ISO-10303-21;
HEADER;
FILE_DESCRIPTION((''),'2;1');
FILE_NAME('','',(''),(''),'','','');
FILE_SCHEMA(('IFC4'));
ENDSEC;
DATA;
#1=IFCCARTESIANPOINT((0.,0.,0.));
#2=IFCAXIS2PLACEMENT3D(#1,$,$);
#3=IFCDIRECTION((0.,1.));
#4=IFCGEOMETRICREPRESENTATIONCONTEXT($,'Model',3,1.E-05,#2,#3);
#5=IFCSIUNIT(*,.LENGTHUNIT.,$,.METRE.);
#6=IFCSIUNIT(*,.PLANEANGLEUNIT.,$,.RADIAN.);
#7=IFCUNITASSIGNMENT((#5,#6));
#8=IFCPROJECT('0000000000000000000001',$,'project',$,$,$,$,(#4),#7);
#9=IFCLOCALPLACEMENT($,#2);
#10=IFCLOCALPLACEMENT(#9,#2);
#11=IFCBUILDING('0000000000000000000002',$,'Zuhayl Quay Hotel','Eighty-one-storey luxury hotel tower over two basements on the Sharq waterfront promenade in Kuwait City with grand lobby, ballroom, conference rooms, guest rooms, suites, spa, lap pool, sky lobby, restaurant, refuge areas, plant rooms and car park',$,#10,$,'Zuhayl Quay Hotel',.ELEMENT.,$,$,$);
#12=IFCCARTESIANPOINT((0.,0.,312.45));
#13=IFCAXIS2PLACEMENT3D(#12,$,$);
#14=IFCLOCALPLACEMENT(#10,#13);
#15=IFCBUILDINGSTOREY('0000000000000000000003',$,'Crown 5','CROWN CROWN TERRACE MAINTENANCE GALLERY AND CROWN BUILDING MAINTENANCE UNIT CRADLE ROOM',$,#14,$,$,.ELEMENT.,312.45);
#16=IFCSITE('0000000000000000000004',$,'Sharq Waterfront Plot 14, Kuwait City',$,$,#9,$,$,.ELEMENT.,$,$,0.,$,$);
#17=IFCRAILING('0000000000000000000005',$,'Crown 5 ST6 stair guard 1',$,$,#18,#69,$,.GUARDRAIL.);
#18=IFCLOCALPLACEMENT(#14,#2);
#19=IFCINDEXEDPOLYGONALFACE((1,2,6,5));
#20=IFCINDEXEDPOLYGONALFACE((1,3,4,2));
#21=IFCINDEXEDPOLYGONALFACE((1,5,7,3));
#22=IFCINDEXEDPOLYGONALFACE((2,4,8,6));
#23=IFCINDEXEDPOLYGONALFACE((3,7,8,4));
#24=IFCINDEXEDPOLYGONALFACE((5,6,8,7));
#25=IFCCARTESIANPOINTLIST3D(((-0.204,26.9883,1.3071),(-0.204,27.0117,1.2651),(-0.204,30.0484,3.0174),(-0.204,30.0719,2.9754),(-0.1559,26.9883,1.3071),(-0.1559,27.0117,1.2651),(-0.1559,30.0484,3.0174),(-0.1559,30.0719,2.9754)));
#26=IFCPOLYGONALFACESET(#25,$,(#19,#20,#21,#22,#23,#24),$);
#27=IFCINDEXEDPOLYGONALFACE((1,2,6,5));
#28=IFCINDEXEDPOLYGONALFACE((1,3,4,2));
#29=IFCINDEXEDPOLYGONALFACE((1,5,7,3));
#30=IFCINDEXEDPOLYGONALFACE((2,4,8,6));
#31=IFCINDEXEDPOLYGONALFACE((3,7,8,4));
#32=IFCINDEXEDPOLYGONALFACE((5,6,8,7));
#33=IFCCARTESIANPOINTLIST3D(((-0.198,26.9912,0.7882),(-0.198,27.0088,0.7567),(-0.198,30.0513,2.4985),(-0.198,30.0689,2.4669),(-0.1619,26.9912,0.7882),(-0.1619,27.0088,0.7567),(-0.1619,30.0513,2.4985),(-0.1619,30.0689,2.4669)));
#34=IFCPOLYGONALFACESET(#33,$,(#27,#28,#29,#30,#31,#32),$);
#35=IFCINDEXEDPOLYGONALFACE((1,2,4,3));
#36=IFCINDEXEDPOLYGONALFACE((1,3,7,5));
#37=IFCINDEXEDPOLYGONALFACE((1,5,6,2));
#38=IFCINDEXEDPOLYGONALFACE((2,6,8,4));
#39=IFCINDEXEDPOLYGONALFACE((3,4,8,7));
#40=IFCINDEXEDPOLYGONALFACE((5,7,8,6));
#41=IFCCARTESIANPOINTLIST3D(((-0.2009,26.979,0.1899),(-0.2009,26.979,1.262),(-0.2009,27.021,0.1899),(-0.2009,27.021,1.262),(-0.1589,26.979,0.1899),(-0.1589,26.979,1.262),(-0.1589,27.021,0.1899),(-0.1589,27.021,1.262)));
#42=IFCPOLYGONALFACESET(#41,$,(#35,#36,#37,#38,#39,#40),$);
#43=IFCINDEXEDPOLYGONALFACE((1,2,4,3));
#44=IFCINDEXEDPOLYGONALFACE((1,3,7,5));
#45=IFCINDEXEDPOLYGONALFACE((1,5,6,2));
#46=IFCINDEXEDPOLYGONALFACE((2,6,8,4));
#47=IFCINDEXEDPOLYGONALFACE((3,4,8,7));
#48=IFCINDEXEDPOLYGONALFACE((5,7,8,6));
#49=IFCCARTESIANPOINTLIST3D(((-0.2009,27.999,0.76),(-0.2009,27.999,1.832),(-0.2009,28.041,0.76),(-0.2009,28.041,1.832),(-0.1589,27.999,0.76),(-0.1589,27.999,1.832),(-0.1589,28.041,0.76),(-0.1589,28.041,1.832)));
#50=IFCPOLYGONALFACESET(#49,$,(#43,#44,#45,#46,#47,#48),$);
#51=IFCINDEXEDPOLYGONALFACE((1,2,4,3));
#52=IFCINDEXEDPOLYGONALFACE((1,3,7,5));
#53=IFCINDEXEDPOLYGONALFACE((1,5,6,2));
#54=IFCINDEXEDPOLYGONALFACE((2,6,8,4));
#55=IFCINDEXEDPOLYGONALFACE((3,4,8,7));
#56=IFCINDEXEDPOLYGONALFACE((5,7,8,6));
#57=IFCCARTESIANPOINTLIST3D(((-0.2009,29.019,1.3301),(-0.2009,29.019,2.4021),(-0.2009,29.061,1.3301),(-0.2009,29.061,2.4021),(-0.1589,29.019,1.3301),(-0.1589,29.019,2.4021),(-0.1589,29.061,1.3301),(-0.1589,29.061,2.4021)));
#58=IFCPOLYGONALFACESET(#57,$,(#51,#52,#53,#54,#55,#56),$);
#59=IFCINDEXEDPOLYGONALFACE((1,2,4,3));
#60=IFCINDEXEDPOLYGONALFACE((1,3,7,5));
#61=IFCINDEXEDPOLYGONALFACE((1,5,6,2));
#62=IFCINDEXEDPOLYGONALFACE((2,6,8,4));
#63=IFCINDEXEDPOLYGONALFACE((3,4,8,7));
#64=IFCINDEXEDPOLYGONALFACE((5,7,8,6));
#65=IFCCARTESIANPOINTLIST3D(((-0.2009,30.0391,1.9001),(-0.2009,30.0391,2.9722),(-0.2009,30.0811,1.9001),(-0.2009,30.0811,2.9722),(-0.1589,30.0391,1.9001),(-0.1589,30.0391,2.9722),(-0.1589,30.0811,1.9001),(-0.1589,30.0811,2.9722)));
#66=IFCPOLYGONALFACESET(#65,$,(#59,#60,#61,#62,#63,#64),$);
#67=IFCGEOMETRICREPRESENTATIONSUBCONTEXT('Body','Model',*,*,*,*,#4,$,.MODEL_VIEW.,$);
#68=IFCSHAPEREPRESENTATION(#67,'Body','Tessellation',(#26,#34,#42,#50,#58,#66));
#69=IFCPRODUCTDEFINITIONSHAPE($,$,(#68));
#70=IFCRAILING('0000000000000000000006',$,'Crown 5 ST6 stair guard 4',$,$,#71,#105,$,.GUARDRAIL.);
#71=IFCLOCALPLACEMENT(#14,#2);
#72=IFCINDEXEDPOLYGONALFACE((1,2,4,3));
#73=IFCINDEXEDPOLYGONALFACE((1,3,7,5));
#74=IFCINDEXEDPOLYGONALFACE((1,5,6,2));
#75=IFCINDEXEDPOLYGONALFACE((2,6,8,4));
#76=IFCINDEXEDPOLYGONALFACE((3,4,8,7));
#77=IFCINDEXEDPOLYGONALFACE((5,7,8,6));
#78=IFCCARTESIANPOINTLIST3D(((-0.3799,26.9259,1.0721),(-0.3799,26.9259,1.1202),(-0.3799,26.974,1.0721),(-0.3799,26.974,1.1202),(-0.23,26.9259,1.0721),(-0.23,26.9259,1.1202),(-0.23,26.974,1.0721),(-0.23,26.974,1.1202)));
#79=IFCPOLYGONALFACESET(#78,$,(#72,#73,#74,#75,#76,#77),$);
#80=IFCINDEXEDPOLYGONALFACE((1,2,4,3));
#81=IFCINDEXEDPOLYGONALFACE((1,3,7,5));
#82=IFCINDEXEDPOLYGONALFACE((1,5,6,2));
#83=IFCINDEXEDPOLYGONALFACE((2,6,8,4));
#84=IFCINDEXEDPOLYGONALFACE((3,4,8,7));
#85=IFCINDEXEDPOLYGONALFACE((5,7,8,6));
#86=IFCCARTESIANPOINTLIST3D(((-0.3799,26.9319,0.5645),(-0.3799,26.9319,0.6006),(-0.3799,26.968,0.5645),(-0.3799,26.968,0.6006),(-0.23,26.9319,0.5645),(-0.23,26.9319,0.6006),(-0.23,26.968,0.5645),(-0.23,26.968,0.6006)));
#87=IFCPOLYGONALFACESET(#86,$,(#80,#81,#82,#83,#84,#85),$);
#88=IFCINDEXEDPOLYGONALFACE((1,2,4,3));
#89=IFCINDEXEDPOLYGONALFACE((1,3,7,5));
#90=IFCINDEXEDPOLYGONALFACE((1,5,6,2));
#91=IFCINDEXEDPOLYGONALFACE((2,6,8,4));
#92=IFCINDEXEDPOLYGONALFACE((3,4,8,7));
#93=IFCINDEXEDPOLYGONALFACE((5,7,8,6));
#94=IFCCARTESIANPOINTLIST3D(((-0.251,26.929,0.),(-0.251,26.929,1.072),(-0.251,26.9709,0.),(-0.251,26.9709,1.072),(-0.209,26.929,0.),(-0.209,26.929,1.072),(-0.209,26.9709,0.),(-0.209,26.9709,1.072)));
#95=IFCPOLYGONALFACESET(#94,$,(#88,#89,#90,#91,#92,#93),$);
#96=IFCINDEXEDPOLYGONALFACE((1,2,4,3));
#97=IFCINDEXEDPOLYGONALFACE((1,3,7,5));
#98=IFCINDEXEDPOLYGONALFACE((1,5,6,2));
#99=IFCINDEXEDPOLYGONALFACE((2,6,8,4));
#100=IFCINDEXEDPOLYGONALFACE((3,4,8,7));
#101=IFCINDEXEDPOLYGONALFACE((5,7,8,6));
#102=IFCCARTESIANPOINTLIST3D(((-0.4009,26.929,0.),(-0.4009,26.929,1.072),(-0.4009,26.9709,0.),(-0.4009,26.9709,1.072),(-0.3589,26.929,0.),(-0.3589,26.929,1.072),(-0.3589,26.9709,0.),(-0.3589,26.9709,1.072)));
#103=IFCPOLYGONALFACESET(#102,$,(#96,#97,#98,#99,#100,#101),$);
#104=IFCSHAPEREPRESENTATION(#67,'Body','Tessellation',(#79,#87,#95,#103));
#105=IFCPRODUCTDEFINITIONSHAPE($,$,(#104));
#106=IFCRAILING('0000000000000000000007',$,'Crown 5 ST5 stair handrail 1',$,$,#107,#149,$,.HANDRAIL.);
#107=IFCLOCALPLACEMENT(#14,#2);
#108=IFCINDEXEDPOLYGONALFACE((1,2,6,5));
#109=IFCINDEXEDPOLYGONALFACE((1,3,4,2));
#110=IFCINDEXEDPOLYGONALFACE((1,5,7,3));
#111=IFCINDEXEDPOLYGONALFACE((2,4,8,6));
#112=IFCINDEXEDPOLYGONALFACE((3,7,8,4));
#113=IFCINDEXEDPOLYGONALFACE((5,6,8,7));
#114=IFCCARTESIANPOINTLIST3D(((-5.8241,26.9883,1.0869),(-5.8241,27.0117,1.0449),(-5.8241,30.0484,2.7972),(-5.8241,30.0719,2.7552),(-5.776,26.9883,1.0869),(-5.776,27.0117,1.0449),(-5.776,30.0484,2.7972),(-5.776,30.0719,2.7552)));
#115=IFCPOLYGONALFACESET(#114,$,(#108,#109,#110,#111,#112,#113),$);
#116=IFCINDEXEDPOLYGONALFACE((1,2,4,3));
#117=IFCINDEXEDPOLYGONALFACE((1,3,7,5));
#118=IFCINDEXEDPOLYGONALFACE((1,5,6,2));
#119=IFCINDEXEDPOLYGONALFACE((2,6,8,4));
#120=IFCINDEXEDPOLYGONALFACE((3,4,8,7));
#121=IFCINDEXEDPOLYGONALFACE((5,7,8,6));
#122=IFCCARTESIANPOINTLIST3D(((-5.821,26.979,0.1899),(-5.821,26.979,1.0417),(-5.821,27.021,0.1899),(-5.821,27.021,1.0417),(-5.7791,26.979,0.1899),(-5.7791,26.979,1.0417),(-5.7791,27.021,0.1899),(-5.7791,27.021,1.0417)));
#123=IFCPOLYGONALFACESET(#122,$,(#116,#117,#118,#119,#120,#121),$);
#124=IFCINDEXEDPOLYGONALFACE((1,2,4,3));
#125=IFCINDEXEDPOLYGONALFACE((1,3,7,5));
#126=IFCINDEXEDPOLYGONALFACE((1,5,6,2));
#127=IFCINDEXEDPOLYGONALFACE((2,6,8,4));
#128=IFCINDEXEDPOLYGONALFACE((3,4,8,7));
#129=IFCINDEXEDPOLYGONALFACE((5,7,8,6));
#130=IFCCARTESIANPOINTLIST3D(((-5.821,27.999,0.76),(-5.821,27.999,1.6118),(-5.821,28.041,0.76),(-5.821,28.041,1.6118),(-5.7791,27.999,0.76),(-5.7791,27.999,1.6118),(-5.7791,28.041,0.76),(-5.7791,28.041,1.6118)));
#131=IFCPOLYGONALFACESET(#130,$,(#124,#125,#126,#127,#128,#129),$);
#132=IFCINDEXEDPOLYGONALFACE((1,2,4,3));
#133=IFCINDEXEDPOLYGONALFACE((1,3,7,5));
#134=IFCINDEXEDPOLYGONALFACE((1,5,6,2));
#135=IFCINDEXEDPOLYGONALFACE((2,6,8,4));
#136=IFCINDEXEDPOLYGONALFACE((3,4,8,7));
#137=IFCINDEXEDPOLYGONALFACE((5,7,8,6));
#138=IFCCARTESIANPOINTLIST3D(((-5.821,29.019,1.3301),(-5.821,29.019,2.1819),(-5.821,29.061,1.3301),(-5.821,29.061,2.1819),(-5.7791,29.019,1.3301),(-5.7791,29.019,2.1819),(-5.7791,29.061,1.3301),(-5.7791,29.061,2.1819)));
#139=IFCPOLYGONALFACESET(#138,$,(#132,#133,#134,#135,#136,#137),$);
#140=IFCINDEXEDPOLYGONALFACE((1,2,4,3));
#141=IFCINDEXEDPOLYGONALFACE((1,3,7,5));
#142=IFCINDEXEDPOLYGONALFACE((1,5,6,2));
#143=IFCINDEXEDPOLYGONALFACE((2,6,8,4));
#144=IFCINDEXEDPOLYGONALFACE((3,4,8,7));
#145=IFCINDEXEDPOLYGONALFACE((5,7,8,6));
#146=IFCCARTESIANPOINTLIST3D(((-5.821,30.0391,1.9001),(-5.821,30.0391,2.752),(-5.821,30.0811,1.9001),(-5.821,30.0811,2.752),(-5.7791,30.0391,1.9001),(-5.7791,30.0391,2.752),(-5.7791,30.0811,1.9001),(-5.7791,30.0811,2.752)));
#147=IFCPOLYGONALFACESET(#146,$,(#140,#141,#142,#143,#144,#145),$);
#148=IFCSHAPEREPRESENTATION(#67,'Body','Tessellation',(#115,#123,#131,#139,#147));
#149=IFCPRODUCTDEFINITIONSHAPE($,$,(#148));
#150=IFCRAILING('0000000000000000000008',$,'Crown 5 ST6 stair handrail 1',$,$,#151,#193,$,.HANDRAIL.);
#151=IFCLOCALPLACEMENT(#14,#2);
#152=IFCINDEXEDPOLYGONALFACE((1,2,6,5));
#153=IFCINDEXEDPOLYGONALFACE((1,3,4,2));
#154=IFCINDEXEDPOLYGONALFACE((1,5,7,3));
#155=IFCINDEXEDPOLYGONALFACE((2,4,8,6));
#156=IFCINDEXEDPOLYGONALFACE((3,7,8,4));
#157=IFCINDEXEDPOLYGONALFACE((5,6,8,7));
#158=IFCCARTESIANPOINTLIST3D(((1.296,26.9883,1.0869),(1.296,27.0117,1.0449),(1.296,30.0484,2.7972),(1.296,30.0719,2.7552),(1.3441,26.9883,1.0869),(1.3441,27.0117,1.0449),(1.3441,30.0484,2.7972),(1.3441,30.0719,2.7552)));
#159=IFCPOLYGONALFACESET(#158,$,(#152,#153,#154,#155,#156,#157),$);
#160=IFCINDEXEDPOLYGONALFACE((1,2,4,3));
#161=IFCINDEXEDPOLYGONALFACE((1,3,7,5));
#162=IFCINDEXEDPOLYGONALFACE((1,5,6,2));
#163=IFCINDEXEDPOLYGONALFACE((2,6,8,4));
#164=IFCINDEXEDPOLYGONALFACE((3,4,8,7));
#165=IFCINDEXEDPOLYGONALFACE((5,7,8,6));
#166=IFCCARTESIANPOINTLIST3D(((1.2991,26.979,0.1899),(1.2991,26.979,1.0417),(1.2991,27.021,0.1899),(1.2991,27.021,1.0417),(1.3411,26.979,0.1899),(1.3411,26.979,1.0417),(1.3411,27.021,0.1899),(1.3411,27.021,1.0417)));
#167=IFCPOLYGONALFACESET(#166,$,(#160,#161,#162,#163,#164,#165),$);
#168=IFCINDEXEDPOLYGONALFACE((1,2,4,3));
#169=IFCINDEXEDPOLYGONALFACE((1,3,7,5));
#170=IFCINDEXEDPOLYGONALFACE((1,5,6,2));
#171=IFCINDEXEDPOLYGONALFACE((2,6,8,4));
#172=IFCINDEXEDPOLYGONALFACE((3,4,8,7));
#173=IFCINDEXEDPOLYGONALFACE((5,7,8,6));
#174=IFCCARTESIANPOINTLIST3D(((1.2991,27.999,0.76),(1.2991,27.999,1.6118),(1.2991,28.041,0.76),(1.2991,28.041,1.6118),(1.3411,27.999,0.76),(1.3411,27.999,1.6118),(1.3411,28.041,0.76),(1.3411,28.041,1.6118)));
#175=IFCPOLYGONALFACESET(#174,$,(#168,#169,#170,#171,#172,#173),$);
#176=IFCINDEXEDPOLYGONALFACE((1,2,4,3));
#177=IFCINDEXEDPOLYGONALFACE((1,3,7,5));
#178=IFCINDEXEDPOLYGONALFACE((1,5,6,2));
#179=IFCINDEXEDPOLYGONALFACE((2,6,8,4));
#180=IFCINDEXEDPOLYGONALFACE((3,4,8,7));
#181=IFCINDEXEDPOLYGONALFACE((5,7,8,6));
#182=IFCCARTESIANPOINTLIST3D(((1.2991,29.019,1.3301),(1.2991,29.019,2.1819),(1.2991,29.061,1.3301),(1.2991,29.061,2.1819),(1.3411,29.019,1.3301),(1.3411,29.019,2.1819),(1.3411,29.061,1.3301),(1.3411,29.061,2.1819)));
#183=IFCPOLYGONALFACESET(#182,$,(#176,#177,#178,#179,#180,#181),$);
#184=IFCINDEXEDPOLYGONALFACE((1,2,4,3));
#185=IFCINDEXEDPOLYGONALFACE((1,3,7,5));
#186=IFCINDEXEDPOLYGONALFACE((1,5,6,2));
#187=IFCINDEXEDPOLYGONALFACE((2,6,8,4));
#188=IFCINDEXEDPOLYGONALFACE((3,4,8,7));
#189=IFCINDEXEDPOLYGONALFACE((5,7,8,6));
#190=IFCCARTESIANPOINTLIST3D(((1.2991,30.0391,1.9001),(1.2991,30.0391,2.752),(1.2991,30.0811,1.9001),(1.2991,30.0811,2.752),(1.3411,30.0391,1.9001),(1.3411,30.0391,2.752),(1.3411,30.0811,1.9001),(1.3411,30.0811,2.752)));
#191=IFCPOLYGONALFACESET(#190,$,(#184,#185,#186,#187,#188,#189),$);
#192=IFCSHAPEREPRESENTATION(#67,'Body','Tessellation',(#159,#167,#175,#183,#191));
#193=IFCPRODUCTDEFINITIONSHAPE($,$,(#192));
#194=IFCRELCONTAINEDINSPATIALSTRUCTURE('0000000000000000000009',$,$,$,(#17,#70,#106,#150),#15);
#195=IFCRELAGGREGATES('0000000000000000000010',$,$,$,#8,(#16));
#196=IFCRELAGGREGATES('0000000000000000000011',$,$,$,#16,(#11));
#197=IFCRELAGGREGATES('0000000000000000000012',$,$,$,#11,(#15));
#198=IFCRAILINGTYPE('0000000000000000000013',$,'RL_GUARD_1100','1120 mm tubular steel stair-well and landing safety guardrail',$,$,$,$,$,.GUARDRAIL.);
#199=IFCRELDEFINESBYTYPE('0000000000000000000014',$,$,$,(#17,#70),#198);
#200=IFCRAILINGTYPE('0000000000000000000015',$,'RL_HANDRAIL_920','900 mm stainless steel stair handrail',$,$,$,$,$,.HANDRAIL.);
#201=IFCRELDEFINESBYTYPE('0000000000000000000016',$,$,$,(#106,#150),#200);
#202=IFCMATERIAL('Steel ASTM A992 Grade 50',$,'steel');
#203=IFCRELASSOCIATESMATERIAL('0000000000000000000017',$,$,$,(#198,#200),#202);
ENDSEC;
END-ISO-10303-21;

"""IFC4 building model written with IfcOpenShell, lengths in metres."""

from ifc_helpers import new_model, si_unit, direction, frame, origin, origin_2d, place, context, subcontext, project, spatial, rectangle, extrude, material, type_object, element, save


model = new_model("IFC4")

# Units and contexts
model_context = context("Model", 3, precision=1e-05, world=origin(), true_north=direction((0.0, 1.0)))
body_context = subcontext(model_context, "Body", "Model", "MODEL_VIEW")
ifc_project = project(units=[si_unit("LENGTHUNIT", "METRE"), si_unit("PLANEANGLEUNIT", "RADIAN")], contexts=[model_context])

# Site, building, storey
site_placement = place(None, origin())
site = spatial("IfcSite", under=ifc_project, at=site_placement, Name="Sharq Waterfront Plot 14, Kuwait City", CompositionType="ELEMENT", RefElevation=0.0)
building_placement = place(site_placement, origin())
building = spatial("IfcBuilding", under=site, at=building_placement, Name="Zuhayl Quay Hotel", Description="Eighty-one-storey luxury hotel tower over two basements on the Sharq waterfront promenade in Kuwait City with grand lobby, ballroom, conference rooms, guest rooms, suites, spa, lap pool, sky lobby, restaurant, refuge areas, plant rooms and car park", LongName="Zuhayl Quay Hotel", CompositionType="ELEMENT")
storey_placement = place(building_placement, frame((0.0, 0.0, 312.45)))
storey = spatial("IfcBuildingStorey", under=building, at=storey_placement, Name="Crown 5", Description="CROWN CROWN TERRACE MAINTENANCE GALLERY AND CROWN BUILDING MAINTENANCE UNIT CRADLE ROOM", CompositionType="ELEMENT", Elevation=312.45)

# Shared definitions
ifc_material_1 = material(Name="Steel ASTM A992 Grade 50", Category="steel")

# Railings
railing_type_1 = type_object("IfcRailingType", Name="RL_GUARD_1100", Description="1120 mm tubular steel stair-well and landing safety guardrail", PredefinedType="GUARDRAIL", material=ifc_material_1)
railing_1_placement = place(storey_placement, frame((-0.1799, 27.0, 0.1899)))
element("IfcRailing", 1, at=railing_1_placement, inside=storey, type_object=railing_type_1, Name="Crown 5 ST6 stair guard 1", PredefinedType="GUARDRAIL", context=body_context, shape_type="SweptSolid", body=[
    extrude(rectangle(XDim=0.0481, YDim=0.0481, at=origin_2d()), frame((0.0, 0.0, 1.0962), z_axis=(0.0, 0.872923, 0.487859), x_axis=(-1.0, 0.0, 0.0)), (0.0, 0.0, 1.0), 3.5056),
    extrude(rectangle(XDim=0.0361, YDim=0.0361, at=origin_2d()), frame((0.0, 0.0, 0.5825), z_axis=(0.0, 0.872923, 0.487859), x_axis=(-1.0, 0.0, 0.0)), (0.0, 0.0, 1.0), 3.5056),
    extrude(rectangle(XDim=0.042, YDim=0.042, at=origin_2d()), origin(), (0.0, 0.0, 1.0), 1.072),
    extrude(rectangle(XDim=0.042, YDim=0.042, at=origin_2d()), frame((0.0, 1.02, 0.5701)), (0.0, 0.0, 1.0), 1.072),
    extrude(rectangle(XDim=0.042, YDim=0.042, at=origin_2d()), frame((0.0, 2.04, 1.1401)), (0.0, 0.0, 1.0), 1.072),
    extrude(rectangle(XDim=0.042, YDim=0.042, at=origin_2d()), frame((0.0, 3.0601, 1.7102)), (0.0, 0.0, 1.0), 1.072),
])
railing_2_placement = place(storey_placement, frame((-0.23, 26.95, 0.0)))
element("IfcRailing", 2, at=railing_2_placement, inside=storey, type_object=railing_type_1, Name="Crown 5 ST6 stair guard 4", PredefinedType="GUARDRAIL", context=body_context, shape_type="SweptSolid", body=[
    extrude(rectangle(XDim=0.0481, YDim=0.0481, at=origin_2d()), frame((0.0, 0.0, 1.0962), z_axis=(-1.0, 0.0, 0.0), x_axis=(0.0, -1.0, 0.0)), (0.0, 0.0, 1.0), 0.1499),
    extrude(rectangle(XDim=0.0361, YDim=0.0361, at=origin_2d()), frame((0.0, 0.0, 0.5825), z_axis=(-1.0, 0.0, 0.0), x_axis=(0.0, -1.0, 0.0)), (0.0, 0.0, 1.0), 0.1499),
    extrude(rectangle(XDim=0.042, YDim=0.042, at=origin_2d()), origin(), (0.0, 0.0, 1.0), 1.072),
    extrude(rectangle(XDim=0.042, YDim=0.042, at=origin_2d()), frame((-0.1499, 0.0, 0.0)), (0.0, 0.0, 1.0), 1.072),
])
railing_type_2 = type_object("IfcRailingType", Name="RL_HANDRAIL_920", Description="900 mm stainless steel stair handrail", PredefinedType="HANDRAIL", material=ifc_material_1)
for number, where, name in (
    (3, (-5.8, 27.0, 0.1899), "Crown 5 ST5 stair handrail 1"),
    (4, (1.3201, 27.0, 0.1899), "Crown 5 ST6 stair handrail 1"),
):
    element("IfcRailing", number, at=place(storey_placement, frame(where)), inside=storey, type_object=railing_type_2, Name=name, PredefinedType="HANDRAIL", context=body_context, shape_type="SweptSolid", body=[
        extrude(rectangle(XDim=0.0481, YDim=0.0481, at=origin_2d()), frame((0.0, 0.0, 0.876), z_axis=(0.0, 0.872923, 0.487859), x_axis=(-1.0, 0.0, 0.0)), (0.0, 0.0, 1.0), 3.5056),
        extrude(rectangle(XDim=0.042, YDim=0.042, at=origin_2d()), origin(), (0.0, 0.0, 1.0), 0.8518),
        extrude(rectangle(XDim=0.042, YDim=0.042, at=origin_2d()), frame((0.0, 1.02, 0.5701)), (0.0, 0.0, 1.0), 0.8518),
        extrude(rectangle(XDim=0.042, YDim=0.042, at=origin_2d()), frame((0.0, 2.04, 1.1401)), (0.0, 0.0, 1.0), 0.8518),
        extrude(rectangle(XDim=0.042, YDim=0.042, at=origin_2d()), frame((0.0, 3.0601, 1.7102)), (0.0, 0.0, 1.0), 0.8518),
    ])

save(model, "model.ifc")
